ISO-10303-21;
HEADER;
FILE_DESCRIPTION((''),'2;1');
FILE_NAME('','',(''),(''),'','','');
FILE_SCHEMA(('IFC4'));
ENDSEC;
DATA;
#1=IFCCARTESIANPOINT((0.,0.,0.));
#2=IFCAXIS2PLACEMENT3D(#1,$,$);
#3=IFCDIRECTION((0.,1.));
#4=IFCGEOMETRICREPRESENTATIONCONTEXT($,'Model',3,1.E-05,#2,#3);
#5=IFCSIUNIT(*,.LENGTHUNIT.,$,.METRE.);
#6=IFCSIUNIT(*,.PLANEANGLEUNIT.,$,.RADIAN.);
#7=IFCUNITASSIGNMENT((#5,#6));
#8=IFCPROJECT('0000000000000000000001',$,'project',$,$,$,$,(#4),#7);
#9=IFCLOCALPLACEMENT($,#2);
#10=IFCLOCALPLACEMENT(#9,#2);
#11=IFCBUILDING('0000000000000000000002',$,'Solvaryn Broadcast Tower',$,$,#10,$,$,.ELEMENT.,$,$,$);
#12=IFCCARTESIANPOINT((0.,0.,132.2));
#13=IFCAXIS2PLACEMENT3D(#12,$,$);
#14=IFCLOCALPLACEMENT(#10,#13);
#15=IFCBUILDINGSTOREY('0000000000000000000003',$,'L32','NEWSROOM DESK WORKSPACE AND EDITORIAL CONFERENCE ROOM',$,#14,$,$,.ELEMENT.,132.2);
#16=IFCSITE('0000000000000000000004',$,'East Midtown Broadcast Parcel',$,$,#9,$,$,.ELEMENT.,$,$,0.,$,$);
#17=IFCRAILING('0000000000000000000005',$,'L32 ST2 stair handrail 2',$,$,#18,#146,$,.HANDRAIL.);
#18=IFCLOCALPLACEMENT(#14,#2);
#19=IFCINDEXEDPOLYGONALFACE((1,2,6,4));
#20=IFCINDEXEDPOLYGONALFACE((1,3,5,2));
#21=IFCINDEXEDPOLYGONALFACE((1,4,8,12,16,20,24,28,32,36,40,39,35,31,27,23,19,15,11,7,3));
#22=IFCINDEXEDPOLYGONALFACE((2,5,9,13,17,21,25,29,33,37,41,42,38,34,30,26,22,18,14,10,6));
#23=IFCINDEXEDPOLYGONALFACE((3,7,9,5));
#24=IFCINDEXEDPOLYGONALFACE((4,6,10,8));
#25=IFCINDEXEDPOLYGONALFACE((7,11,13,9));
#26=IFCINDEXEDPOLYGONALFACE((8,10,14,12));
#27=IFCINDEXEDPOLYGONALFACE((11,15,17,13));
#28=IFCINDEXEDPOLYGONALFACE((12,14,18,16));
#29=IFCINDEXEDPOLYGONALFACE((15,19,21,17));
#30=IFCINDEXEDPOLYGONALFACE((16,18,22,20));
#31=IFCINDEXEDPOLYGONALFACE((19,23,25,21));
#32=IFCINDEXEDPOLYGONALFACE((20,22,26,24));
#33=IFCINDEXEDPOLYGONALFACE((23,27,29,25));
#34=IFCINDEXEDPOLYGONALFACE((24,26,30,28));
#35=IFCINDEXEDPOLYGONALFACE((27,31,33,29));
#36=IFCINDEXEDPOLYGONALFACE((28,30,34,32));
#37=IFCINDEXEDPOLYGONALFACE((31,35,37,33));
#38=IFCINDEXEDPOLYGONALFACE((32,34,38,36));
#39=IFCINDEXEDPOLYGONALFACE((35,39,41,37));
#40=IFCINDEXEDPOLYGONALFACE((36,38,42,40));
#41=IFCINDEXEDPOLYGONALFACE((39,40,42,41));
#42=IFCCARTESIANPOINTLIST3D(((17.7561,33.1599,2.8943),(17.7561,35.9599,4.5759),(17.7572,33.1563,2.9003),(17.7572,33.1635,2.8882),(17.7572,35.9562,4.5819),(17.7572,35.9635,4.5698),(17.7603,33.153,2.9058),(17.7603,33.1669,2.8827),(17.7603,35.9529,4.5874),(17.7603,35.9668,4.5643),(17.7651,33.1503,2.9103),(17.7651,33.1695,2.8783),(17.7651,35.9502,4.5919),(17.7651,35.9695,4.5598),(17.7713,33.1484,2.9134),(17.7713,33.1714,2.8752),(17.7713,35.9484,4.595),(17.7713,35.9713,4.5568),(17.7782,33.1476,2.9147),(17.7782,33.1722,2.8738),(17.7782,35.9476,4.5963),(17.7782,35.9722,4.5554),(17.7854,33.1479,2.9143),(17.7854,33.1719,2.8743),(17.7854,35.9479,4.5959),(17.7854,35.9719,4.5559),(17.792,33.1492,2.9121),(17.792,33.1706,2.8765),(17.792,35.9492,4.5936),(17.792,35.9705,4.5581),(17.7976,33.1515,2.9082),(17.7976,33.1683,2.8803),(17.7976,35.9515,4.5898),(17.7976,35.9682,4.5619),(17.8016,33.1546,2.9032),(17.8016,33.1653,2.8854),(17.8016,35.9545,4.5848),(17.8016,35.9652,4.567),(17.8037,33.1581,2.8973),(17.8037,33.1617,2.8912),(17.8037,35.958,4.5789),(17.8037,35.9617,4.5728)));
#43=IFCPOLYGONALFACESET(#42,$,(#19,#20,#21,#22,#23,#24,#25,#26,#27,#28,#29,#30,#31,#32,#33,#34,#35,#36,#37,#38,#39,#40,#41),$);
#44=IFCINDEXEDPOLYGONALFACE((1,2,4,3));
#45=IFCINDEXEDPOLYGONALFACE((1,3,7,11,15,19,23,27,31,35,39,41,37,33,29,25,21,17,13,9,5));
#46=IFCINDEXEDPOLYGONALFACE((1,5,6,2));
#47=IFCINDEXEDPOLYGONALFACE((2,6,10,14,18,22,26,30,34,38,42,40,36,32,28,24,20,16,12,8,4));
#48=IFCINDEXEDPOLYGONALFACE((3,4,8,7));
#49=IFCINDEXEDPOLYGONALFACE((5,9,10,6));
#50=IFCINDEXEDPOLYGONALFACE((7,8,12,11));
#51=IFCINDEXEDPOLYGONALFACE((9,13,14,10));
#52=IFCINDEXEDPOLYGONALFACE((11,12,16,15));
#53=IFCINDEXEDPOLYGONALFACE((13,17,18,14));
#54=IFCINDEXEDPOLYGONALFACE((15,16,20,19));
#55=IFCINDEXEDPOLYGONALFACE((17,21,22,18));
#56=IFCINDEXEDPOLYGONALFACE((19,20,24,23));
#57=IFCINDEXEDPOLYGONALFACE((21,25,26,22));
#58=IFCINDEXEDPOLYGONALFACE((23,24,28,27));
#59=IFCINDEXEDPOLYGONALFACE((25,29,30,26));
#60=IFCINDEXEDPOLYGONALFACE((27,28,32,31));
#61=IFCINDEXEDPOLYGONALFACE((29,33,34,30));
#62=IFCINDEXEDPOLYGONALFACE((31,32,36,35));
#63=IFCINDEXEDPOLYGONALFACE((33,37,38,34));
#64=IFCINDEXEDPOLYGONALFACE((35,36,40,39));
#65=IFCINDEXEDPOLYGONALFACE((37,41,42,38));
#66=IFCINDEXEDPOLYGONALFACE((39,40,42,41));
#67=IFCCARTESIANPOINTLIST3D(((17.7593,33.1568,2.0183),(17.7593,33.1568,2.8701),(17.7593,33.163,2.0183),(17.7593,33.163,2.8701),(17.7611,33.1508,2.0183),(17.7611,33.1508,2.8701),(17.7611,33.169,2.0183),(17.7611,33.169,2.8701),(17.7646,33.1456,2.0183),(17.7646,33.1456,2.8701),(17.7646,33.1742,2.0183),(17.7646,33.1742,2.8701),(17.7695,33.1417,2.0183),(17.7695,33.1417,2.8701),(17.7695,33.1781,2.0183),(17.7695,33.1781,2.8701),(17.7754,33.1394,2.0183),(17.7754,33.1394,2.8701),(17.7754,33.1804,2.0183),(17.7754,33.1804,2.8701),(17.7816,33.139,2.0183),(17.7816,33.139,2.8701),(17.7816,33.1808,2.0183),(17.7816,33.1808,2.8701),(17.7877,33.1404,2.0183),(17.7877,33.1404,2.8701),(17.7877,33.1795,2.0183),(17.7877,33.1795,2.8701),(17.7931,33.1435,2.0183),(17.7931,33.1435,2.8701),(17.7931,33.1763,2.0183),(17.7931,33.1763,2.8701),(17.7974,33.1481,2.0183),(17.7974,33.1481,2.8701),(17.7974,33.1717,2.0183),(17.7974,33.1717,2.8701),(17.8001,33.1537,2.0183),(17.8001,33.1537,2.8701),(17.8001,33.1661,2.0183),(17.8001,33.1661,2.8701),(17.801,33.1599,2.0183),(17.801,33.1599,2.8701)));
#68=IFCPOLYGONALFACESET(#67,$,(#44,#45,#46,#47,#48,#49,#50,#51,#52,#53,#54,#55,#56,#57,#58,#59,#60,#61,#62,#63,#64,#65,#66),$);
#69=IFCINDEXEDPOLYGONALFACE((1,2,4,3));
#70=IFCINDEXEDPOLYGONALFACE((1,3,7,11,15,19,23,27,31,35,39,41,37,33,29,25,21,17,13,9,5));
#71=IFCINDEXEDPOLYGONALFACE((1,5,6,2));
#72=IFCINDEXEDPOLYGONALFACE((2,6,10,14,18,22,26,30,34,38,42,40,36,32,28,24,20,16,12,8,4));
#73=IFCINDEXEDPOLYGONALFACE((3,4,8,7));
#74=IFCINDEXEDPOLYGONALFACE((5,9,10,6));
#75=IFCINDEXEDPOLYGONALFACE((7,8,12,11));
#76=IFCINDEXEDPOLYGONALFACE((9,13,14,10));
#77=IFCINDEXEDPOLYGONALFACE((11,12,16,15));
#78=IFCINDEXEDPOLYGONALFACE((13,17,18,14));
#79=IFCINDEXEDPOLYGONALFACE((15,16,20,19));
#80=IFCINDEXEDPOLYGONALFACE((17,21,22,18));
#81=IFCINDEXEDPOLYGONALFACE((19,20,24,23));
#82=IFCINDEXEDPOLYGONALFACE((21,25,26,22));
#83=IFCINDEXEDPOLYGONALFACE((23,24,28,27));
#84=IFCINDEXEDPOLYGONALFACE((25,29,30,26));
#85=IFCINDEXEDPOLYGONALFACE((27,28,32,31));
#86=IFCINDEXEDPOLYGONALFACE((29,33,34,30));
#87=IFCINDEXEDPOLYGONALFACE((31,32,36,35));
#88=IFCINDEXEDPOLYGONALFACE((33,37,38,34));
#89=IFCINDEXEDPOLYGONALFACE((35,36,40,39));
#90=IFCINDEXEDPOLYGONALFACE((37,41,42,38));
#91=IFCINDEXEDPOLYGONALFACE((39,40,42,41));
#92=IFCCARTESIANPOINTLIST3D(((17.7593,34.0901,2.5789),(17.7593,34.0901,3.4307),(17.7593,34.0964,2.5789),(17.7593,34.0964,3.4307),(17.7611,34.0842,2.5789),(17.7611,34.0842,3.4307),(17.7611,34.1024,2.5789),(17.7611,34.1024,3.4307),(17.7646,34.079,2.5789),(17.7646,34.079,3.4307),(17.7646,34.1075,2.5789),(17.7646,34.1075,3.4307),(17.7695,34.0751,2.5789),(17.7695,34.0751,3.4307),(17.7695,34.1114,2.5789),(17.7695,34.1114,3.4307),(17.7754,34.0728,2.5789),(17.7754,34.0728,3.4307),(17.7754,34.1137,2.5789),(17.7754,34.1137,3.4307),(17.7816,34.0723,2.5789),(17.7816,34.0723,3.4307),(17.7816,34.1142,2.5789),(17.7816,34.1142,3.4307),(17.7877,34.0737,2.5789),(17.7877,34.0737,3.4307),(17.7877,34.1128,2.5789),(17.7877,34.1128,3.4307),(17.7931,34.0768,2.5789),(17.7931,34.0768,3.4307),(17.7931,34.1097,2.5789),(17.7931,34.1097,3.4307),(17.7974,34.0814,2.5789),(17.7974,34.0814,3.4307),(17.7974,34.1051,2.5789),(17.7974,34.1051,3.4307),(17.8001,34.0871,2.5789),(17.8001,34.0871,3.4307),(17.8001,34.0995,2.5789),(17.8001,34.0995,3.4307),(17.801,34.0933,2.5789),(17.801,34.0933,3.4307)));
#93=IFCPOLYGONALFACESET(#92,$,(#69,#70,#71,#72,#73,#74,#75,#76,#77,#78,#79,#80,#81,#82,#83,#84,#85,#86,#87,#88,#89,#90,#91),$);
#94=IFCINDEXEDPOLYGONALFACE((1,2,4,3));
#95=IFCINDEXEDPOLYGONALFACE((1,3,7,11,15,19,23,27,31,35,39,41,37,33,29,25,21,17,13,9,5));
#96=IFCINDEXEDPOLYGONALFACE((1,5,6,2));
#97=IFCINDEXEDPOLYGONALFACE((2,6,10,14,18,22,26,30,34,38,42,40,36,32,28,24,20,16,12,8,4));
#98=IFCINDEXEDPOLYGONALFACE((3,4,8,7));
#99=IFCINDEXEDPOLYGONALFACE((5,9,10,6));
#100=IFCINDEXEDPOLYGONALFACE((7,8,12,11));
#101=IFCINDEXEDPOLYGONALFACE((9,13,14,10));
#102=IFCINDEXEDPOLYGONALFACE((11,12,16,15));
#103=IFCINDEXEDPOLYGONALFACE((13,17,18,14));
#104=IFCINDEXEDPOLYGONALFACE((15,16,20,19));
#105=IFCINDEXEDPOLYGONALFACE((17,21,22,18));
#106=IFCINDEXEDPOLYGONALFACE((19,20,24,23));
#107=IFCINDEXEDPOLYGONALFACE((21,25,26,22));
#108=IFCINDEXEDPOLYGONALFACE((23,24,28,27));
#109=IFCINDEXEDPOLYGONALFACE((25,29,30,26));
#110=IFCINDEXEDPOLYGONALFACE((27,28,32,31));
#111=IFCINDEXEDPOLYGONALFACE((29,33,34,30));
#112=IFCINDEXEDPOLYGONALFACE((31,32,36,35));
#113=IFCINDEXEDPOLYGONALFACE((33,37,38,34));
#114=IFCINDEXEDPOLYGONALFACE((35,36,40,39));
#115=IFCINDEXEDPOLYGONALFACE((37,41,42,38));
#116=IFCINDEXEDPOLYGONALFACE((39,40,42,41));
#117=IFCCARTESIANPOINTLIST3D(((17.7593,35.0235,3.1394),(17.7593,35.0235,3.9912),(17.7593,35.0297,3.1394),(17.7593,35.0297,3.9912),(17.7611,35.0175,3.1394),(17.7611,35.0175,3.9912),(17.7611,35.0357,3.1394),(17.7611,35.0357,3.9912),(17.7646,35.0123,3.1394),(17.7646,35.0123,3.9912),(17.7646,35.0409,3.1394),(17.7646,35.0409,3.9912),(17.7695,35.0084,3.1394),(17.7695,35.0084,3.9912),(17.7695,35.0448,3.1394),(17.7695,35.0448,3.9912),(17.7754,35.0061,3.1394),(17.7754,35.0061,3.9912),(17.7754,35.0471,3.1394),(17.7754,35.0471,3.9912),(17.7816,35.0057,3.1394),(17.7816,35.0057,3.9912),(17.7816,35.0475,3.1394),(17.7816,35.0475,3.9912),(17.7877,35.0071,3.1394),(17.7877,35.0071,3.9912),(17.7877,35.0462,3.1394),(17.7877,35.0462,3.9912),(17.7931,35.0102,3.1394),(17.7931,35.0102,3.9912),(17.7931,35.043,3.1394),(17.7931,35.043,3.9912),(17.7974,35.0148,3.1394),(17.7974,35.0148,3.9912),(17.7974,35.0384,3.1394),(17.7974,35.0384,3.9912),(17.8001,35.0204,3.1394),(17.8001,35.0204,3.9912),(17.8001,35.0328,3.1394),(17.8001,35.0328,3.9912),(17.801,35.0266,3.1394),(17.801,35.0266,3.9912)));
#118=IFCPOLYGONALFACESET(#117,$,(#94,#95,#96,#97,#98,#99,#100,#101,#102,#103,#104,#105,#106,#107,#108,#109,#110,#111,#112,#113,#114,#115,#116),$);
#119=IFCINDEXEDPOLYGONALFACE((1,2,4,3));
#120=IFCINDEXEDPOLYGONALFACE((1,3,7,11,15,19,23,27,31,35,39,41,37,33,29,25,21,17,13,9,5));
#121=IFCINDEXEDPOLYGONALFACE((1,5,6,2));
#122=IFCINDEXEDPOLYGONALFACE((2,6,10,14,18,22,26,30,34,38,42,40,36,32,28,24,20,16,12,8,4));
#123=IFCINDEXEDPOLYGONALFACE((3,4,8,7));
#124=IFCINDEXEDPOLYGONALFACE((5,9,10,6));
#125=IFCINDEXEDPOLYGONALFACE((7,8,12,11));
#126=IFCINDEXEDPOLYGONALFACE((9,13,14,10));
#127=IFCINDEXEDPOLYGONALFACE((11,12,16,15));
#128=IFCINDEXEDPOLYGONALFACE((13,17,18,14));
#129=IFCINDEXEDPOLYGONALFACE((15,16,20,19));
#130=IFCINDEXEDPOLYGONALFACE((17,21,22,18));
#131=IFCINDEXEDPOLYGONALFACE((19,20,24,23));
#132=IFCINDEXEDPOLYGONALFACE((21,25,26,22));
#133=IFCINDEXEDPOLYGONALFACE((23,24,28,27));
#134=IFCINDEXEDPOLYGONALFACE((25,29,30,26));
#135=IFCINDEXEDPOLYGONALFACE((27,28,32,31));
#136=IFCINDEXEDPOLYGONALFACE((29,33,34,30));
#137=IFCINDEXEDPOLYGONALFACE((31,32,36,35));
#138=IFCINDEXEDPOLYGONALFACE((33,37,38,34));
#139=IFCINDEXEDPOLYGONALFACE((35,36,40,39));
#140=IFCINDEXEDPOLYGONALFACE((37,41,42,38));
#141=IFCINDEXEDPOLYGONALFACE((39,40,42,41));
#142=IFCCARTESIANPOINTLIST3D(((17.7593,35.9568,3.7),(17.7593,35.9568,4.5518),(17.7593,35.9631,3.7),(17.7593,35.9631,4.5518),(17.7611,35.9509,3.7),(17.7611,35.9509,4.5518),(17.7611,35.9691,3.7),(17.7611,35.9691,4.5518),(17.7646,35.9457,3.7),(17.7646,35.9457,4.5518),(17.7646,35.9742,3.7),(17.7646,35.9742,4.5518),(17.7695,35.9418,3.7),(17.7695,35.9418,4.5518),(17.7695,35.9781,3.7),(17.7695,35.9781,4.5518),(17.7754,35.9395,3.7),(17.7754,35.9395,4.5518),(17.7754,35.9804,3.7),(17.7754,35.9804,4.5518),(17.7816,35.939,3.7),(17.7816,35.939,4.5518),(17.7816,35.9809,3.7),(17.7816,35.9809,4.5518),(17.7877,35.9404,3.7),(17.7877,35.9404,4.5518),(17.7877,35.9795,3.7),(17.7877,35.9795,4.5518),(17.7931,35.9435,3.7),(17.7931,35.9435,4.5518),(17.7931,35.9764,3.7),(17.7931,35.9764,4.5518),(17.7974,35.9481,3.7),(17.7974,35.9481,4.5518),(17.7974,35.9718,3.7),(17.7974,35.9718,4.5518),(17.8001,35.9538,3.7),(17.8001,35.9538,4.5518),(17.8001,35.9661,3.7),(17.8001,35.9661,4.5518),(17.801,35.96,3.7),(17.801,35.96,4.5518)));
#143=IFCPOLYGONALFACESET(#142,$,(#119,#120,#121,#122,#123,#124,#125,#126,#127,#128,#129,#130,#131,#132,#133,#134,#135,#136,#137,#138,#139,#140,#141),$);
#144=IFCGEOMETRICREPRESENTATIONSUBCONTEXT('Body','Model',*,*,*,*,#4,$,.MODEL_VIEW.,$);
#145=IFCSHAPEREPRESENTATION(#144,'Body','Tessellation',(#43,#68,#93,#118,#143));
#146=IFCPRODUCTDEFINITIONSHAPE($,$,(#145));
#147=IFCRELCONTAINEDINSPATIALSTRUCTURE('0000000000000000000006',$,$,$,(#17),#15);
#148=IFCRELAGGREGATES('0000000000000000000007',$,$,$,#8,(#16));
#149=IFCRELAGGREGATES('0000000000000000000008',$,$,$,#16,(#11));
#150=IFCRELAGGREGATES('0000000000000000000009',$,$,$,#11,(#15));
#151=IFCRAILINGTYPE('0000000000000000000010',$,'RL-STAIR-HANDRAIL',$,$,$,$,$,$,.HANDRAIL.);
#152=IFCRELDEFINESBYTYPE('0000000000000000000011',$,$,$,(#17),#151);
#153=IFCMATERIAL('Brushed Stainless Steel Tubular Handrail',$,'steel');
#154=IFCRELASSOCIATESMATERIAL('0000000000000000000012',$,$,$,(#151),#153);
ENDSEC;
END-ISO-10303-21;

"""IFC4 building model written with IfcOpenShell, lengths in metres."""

from ifc_helpers import new_model, si_unit, direction, frame, origin, origin_2d, place, context, subcontext, project, spatial, circle, extrude, material, type_object, element, save


model = new_model("IFC4")

# Units and contexts
model_context = context("Model", 3, precision=1e-05, world=origin(), true_north=direction((0.0, 1.0)))
body_context = subcontext(model_context, "Body", "Model", "MODEL_VIEW")
ifc_project = project(units=[si_unit("LENGTHUNIT", "METRE"), si_unit("PLANEANGLEUNIT", "RADIAN")], contexts=[model_context])

# Site, building, storey
site_placement = place(None, origin())
site = spatial("IfcSite", under=ifc_project, at=site_placement, Name="East Midtown Broadcast Parcel", CompositionType="ELEMENT", RefElevation=0.0)
building_placement = place(site_placement, origin())
building = spatial("IfcBuilding", under=site, at=building_placement, Name="Solvaryn Broadcast Tower", CompositionType="ELEMENT")
storey_placement = place(building_placement, frame((0.0, 0.0, 132.2)))
storey = spatial("IfcBuildingStorey", under=building, at=storey_placement, Name="L32", Description="NEWSROOM DESK WORKSPACE AND EDITORIAL CONFERENCE ROOM", CompositionType="ELEMENT", Elevation=132.2)

# Railing
ifc_material_1 = material(Name="Brushed Stainless Steel Tubular Handrail", Category="steel")
railing_type_1 = type_object("IfcRailingType", Name="RL-STAIR-HANDRAIL", PredefinedType="HANDRAIL", material=ifc_material_1)
railing_1_placement = place(storey_placement, frame((17.78, 33.1599, 2.0183)))
element("IfcRailing", 1, at=railing_1_placement, inside=storey, type_object=railing_type_1, Name="L32 ST2 stair handrail 2", PredefinedType="HANDRAIL", context=body_context, shape_type="SweptSolid", body=[
    extrude(circle(Radius=0.0239, at=origin_2d()), frame((0.0, 0.0, 0.876), z_axis=(0.0, 0.857275, 0.514858), x_axis=(-1.0, 0.0, 0.0)), (0.0, 0.0, 1.0), 3.2661),
    extrude(circle(Radius=0.021, at=origin_2d()), origin(), (0.0, 0.0, 1.0), 0.8518),
    extrude(circle(Radius=0.021, at=origin_2d()), frame((0.0, 0.9333, 0.5605)), (0.0, 0.0, 1.0), 0.8518),
    extrude(circle(Radius=0.021, at=origin_2d()), frame((0.0, 1.8667, 1.1211)), (0.0, 0.0, 1.0), 0.8518),
    extrude(circle(Radius=0.021, at=origin_2d()), frame((0.0, 2.8, 1.6816)), (0.0, 0.0, 1.0), 0.8518),
])

save(model, "model.ifc")
